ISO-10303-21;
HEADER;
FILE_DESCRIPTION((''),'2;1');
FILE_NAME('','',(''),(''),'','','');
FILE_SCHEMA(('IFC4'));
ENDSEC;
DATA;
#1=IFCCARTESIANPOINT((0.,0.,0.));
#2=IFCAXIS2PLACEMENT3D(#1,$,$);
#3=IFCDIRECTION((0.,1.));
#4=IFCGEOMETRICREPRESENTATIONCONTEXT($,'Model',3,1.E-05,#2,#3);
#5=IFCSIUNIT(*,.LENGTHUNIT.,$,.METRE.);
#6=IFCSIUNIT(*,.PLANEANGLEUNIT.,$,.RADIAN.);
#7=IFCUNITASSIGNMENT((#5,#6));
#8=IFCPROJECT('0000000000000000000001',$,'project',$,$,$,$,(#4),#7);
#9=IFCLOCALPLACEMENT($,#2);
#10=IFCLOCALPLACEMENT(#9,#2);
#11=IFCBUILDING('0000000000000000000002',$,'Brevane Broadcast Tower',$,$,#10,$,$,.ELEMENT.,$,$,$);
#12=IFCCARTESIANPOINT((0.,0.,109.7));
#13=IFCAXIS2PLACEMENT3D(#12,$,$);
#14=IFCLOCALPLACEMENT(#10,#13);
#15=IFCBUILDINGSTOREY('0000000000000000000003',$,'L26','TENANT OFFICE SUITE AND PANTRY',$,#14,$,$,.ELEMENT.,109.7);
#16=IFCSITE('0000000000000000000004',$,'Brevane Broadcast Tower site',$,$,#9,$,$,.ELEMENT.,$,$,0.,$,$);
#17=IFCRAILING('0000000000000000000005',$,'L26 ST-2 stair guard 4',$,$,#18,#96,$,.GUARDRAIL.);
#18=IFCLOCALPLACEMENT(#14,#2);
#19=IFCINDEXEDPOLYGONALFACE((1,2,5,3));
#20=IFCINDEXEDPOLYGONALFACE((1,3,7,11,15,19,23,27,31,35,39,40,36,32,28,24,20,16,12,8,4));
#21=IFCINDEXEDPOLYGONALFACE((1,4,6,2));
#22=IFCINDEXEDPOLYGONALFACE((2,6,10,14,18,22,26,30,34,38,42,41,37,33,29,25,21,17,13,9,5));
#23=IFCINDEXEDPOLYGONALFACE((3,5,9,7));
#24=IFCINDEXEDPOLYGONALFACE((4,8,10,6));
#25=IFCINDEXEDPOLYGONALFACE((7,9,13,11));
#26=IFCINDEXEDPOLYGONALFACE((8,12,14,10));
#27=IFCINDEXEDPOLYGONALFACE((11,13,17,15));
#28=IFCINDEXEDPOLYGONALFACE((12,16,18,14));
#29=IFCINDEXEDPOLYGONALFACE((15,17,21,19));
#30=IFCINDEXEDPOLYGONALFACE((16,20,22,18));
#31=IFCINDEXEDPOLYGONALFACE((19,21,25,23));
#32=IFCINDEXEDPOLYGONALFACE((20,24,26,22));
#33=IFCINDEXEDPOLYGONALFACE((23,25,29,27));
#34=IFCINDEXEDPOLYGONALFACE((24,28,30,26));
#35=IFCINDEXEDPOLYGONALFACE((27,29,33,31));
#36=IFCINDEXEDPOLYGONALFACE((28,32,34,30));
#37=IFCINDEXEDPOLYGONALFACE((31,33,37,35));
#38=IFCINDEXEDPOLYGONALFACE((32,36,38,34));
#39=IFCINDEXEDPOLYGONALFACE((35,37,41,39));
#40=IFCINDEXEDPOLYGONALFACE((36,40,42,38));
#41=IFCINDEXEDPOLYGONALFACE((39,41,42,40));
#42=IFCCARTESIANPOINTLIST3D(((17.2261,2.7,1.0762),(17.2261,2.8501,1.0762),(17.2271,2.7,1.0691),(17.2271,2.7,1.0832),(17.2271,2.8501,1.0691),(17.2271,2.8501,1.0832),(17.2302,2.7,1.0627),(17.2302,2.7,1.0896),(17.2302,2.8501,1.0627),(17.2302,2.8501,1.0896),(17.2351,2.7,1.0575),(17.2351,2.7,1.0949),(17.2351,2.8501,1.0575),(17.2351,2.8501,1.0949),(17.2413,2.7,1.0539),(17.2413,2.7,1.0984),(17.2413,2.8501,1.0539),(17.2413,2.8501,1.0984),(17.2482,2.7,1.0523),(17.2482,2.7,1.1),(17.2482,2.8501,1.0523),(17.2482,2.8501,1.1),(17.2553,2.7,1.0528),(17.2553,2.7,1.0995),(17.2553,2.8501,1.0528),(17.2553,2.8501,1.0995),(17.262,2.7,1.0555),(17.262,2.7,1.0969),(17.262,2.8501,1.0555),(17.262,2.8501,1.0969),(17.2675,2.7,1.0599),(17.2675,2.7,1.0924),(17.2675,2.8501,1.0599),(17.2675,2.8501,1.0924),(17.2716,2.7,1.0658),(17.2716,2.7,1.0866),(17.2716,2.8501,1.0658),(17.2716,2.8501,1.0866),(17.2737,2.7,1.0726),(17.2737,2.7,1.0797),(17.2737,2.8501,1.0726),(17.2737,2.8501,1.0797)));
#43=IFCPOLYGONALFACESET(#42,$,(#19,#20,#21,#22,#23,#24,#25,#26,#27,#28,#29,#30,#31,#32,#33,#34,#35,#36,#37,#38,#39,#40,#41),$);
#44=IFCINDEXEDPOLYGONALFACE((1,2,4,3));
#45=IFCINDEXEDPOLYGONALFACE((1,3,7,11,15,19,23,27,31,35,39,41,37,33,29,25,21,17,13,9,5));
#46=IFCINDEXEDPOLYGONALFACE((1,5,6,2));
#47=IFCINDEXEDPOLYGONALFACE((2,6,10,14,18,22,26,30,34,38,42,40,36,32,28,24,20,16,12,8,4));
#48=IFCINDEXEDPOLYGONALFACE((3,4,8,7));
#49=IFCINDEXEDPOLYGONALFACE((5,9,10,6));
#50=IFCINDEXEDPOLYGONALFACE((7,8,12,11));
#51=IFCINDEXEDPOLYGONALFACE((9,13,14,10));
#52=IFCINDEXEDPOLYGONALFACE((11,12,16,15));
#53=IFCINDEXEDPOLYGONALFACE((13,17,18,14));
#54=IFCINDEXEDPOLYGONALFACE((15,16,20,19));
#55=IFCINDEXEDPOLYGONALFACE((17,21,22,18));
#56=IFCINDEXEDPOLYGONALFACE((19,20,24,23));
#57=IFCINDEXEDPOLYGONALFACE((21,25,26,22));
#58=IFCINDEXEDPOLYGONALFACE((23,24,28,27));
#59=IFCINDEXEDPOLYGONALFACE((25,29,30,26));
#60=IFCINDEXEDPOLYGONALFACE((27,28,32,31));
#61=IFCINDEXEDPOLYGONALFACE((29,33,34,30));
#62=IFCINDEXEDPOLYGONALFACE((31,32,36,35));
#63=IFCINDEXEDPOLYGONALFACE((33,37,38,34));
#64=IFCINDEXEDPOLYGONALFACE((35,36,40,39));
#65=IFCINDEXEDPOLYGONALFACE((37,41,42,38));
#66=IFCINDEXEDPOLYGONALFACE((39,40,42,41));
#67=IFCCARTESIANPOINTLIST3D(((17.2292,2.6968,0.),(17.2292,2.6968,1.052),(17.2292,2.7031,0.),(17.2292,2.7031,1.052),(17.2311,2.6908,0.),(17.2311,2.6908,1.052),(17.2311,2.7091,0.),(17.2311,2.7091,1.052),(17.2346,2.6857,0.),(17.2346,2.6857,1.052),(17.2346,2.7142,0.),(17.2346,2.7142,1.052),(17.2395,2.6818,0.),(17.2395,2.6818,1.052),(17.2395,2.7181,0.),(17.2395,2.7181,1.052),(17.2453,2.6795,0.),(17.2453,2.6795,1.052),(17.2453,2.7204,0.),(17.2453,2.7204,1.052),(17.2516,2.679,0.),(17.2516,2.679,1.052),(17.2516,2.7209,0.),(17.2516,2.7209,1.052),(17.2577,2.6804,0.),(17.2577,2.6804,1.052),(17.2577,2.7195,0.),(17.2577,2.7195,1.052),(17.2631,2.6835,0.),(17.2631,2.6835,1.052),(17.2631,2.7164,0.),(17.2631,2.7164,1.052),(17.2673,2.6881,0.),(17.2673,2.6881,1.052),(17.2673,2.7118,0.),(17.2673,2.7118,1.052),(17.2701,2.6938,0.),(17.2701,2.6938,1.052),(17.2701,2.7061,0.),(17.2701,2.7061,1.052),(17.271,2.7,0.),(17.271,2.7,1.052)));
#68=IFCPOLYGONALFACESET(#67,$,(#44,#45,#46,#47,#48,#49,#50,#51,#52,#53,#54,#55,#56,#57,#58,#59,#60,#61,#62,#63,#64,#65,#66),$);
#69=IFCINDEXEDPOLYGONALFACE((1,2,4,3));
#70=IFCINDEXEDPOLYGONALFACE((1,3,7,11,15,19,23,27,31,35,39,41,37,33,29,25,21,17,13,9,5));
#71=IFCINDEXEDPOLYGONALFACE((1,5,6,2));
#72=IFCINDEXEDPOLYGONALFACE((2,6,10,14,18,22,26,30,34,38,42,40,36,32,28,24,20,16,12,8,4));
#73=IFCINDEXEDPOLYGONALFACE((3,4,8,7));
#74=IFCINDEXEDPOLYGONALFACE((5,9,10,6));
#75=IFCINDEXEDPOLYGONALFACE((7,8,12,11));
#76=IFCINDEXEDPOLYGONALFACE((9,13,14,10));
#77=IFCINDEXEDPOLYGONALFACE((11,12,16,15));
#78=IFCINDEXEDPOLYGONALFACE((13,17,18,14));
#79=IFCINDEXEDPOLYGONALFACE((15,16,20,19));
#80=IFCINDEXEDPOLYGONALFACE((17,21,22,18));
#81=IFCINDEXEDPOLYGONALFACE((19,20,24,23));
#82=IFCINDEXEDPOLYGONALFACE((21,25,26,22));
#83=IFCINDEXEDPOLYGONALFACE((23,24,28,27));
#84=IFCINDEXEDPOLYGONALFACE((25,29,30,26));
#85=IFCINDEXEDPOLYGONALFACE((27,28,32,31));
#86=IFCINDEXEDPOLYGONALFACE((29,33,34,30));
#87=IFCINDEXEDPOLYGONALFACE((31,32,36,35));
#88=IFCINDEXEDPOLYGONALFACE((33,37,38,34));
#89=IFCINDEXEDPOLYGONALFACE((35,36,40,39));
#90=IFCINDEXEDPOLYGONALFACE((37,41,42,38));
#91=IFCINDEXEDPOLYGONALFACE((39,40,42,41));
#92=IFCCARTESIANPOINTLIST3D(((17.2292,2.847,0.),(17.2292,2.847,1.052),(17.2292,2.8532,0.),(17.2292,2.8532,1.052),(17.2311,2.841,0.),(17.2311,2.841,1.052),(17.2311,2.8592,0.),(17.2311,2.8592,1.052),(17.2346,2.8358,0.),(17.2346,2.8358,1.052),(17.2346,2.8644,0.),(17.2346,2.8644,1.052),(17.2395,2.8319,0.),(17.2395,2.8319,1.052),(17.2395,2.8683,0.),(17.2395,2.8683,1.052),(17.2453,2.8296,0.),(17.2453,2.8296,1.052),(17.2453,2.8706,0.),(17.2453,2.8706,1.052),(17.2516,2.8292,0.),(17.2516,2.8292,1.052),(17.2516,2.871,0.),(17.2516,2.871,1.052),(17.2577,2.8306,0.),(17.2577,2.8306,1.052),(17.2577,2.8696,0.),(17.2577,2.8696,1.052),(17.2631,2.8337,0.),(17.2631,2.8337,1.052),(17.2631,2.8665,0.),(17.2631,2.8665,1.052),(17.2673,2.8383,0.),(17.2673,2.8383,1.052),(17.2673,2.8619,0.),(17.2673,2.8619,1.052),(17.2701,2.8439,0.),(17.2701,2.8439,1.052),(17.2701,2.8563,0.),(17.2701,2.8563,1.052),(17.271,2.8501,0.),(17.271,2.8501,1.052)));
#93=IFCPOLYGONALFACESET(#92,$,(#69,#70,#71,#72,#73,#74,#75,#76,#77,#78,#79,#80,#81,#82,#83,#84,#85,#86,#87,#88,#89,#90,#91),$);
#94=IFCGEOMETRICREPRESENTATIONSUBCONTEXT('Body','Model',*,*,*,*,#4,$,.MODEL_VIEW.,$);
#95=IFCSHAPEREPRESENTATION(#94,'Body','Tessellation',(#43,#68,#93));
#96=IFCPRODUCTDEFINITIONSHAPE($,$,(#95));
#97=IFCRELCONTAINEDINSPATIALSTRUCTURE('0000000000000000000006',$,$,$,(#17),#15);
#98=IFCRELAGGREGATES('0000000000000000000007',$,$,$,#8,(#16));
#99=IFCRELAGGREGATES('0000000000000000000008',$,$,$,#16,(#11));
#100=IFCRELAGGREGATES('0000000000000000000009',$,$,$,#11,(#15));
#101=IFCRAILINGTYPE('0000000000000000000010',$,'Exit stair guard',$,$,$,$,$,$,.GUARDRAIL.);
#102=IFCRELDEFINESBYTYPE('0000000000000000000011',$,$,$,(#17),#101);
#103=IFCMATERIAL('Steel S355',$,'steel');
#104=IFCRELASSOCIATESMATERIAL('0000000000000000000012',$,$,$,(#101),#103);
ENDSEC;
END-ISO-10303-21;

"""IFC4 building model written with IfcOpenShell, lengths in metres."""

from ifc_helpers import new_model, si_unit, direction, frame, origin, origin_2d, place, context, subcontext, project, spatial, circle, extrude, material, type_object, element, save


model = new_model("IFC4")

# Units and contexts
model_context = context("Model", 3, precision=1e-05, world=origin(), true_north=direction((0.0, 1.0)))
body_context = subcontext(model_context, "Body", "Model", "MODEL_VIEW")
ifc_project = project(units=[si_unit("LENGTHUNIT", "METRE"), si_unit("PLANEANGLEUNIT", "RADIAN")], contexts=[model_context])

# Site, building, storey
site_placement = place(None, origin())
site = spatial("IfcSite", under=ifc_project, at=site_placement, Name="Brevane Broadcast Tower site", CompositionType="ELEMENT", RefElevation=0.0)
building_placement = place(site_placement, origin())
building = spatial("IfcBuilding", under=site, at=building_placement, Name="Brevane Broadcast Tower", CompositionType="ELEMENT")
storey_placement = place(building_placement, frame((0.0, 0.0, 109.7)))
storey = spatial("IfcBuildingStorey", under=building, at=storey_placement, Name="L26", Description="TENANT OFFICE SUITE AND PANTRY", CompositionType="ELEMENT", Elevation=109.7)

# Railing
ifc_material_1 = material(Name="Steel S355", Category="steel")
railing_type = type_object("IfcRailingType", Name="Exit stair guard", PredefinedType="GUARDRAIL", material=ifc_material_1)
railing_placement = place(storey_placement, frame((17.25, 2.7, 0.0)))
element("IfcRailing", 1, at=railing_placement, inside=storey, type_object=railing_type, Name="L26 ST-2 stair guard 4", PredefinedType="GUARDRAIL", context=body_context, shape_type="SweptSolid", body=[
    extrude(circle(Radius=0.0239, at=origin_2d()), frame((0.0, 0.0, 1.0762), z_axis=(0.0, 1.0, 0.0), x_axis=(-1.0, 0.0, 0.0)), (0.0, 0.0, 1.0), 0.1501),
    extrude(circle(Radius=0.021, at=origin_2d()), origin(), (0.0, 0.0, 1.0), 1.052),
    extrude(circle(Radius=0.021, at=origin_2d()), frame((0.0, 0.1501, 0.0)), (0.0, 0.0, 1.0), 1.052),
])

save(model, "model.ifc")
